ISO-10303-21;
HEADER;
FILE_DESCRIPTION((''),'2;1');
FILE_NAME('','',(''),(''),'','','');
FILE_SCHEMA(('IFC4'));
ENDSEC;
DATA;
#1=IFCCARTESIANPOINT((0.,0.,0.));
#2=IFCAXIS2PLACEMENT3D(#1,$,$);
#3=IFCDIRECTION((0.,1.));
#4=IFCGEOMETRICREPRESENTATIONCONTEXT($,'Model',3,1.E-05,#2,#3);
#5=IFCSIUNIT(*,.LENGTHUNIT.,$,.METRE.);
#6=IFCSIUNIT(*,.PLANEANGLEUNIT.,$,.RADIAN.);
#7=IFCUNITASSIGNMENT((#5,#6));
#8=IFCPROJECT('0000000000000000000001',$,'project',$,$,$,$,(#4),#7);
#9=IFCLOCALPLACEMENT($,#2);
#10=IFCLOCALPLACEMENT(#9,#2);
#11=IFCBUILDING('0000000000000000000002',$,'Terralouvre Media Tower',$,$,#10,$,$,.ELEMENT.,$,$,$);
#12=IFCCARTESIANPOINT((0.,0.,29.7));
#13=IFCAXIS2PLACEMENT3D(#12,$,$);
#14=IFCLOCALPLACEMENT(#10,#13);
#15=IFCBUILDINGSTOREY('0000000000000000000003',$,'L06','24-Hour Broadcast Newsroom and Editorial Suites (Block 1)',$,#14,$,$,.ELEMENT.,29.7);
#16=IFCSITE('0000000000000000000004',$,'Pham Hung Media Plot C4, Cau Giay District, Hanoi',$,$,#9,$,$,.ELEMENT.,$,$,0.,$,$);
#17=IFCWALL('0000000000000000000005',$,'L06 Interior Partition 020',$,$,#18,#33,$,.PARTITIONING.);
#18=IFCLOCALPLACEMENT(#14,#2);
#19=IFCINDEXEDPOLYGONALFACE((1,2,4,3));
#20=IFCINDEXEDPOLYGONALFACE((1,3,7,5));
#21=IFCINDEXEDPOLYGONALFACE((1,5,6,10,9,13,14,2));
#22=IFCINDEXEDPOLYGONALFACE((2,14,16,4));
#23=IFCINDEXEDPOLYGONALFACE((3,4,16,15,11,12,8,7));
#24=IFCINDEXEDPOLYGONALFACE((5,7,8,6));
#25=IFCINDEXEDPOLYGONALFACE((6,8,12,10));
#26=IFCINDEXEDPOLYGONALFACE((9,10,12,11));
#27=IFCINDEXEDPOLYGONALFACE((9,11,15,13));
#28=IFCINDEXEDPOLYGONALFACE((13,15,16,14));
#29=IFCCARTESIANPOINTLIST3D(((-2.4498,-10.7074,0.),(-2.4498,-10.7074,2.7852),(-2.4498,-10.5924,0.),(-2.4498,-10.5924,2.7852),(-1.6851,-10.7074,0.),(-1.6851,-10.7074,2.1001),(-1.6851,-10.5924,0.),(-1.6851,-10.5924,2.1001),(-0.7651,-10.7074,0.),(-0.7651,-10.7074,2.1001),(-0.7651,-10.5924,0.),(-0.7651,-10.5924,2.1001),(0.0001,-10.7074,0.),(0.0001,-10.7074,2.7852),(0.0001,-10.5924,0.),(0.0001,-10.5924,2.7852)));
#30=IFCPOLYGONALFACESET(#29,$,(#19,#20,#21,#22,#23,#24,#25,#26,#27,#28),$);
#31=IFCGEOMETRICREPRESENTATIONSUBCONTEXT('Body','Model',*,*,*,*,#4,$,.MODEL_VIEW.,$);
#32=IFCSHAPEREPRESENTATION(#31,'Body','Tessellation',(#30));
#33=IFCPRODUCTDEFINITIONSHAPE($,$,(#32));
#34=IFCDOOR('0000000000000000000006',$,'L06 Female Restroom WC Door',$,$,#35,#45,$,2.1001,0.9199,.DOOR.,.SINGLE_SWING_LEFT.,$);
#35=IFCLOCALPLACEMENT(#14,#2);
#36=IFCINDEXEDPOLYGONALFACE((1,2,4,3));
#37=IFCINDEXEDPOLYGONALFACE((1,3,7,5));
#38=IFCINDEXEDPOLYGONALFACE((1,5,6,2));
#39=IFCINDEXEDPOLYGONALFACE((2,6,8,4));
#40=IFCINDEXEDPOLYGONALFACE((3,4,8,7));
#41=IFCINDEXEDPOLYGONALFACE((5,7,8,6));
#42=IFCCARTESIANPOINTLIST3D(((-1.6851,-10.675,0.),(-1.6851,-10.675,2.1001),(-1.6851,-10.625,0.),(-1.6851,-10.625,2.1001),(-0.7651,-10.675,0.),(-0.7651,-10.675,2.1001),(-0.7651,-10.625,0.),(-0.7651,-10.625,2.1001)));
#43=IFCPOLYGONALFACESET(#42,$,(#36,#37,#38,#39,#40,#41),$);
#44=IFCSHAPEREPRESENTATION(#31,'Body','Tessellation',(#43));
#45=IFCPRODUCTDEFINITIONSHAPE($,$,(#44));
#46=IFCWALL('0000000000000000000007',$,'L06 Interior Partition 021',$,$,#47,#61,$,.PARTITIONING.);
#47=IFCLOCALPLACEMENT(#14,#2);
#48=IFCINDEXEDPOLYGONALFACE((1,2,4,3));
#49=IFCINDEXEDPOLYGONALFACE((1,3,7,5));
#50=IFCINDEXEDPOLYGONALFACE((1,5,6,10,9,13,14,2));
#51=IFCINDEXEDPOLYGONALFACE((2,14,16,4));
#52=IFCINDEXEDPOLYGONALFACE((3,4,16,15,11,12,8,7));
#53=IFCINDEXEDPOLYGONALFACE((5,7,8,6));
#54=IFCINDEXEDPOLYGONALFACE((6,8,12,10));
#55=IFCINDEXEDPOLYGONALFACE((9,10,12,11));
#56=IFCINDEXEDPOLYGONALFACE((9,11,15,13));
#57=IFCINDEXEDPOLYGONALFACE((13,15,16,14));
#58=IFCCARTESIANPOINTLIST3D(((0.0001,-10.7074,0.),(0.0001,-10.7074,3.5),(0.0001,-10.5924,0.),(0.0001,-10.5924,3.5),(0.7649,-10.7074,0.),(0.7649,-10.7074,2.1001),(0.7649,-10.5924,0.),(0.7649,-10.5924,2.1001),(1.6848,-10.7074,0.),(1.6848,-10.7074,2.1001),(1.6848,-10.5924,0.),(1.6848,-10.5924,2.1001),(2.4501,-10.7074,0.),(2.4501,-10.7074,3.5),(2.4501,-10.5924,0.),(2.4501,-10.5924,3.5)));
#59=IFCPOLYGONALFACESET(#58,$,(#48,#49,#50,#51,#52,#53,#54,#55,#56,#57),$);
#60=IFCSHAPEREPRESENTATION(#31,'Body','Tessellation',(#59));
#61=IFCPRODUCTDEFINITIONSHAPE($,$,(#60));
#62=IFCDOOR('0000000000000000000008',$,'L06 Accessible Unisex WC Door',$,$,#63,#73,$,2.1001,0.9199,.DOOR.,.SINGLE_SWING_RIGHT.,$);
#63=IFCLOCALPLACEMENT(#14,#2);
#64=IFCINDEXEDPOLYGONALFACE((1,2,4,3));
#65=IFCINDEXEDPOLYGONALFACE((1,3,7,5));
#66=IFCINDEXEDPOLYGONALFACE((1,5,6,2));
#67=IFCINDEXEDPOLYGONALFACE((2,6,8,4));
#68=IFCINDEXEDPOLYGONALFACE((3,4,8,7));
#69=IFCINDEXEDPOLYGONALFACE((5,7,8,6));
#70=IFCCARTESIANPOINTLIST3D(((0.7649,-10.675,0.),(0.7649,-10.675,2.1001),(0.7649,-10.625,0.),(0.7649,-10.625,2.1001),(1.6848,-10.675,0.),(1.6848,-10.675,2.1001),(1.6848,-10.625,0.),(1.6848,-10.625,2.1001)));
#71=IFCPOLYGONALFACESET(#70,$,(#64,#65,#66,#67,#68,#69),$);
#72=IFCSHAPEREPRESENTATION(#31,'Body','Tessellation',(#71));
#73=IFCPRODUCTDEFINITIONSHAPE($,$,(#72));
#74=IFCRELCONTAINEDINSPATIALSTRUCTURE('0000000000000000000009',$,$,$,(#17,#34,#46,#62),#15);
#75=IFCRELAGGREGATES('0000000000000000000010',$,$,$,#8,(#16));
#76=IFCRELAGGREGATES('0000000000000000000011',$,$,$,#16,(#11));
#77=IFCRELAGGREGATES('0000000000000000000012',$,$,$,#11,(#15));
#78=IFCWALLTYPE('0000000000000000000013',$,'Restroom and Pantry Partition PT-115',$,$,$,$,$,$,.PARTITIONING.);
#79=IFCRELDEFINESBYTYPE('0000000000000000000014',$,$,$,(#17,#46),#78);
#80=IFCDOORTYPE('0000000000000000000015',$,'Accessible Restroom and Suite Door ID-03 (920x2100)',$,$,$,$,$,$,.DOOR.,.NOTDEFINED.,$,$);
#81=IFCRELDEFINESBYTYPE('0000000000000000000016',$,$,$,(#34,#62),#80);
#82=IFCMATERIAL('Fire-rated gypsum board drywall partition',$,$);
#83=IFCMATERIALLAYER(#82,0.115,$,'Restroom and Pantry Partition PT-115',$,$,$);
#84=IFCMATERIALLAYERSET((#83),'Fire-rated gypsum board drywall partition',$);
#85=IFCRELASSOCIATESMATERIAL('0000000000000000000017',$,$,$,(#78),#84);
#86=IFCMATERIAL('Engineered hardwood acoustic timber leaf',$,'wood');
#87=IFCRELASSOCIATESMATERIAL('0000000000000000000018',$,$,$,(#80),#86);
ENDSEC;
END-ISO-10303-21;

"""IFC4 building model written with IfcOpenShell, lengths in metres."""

from ifc_helpers import new_model, si_unit, direction, frame, frame_2d, origin, place, context, subcontext, project, spatial, rectangle, extrude, material, layer, layer_set, type_object, element, fill, save


model = new_model("IFC4")

# Units and contexts
model_context = context("Model", 3, precision=1e-05, world=origin(), true_north=direction((0.0, 1.0)))
body_context = subcontext(model_context, "Body", "Model", "MODEL_VIEW")
ifc_project = project(units=[si_unit("LENGTHUNIT", "METRE"), si_unit("PLANEANGLEUNIT", "RADIAN")], contexts=[model_context])

# Site, building, storey
site_placement = place(None, origin())
site = spatial("IfcSite", under=ifc_project, at=site_placement, Name="Pham Hung Media Plot C4, Cau Giay District, Hanoi", CompositionType="ELEMENT", RefElevation=0.0)
building_placement = place(site_placement, origin())
building = spatial("IfcBuilding", under=site, at=building_placement, Name="Terralouvre Media Tower", CompositionType="ELEMENT")
storey_placement = place(building_placement, frame((0.0, 0.0, 29.7)))
storey = spatial("IfcBuildingStorey", under=building, at=storey_placement, Name="L06", Description="24-Hour Broadcast Newsroom and Editorial Suites (Block 1)", CompositionType="ELEMENT", Elevation=29.7)

# Walls, openings, doors
ifc_material_1 = material(Name="Fire-rated gypsum board drywall partition")
ifc_layer_1 = layer(ifc_material_1, 0.115, Name="Restroom and Pantry Partition PT-115")
ifc_layer_set_1 = layer_set([ifc_layer_1], Name="Fire-rated gypsum board drywall partition")
wall_type_1 = type_object("IfcWallType", Name="Restroom and Pantry Partition PT-115", PredefinedType="PARTITIONING", material=ifc_layer_set_1)
wall_1_placement = place(storey_placement, frame((-2.45, -10.6499, 0.0), z_axis=(0.0, 0.0, 1.0), x_axis=(1.0, 0.0, 0.0)))
wall_1 = element("IfcWall", 1, at=wall_1_placement, inside=storey, type_object=wall_type_1, Name="L06 Interior Partition 020", PredefinedType="PARTITIONING", context=body_context, shape_type="SweptSolid", body=[
    extrude(rectangle(XDim=2.45, YDim=0.115, at=frame_2d((1.2251, 0.0))), origin(), (0.0, 0.0, 1.0), 2.7852),
])
opening_1_placement = place(wall_1_placement, frame((0.7649, 0.0, 0.0)))
opening_1 = element("IfcOpeningElement", 2, at=opening_1_placement, cuts=wall_1, PredefinedType="OPENING", context=body_context, shape_type="SweptSolid", body=[
    extrude(rectangle(XDim=0.9199, YDim=2.1001, at=frame_2d((0.46, 1.05))), frame((0.0, 0.0674, 0.0), z_axis=(0.0, -1.0, 0.0), x_axis=(1.0, 0.0, 0.0)), (0.0, 0.0, 1.0), 0.135),
])
ifc_material_2 = material(Name="Engineered hardwood acoustic timber leaf", Category="wood")
door_type_1 = type_object("IfcDoorType", Name="Accessible Restroom and Suite Door ID-03 (920x2100)", OperationType="NOTDEFINED", PredefinedType="DOOR", material=ifc_material_2)
door_1_placement = place(opening_1_placement, origin())
door_1 = element("IfcDoor", 3, at=door_1_placement, inside=storey, type_object=door_type_1, Name="L06 Female Restroom WC Door", OperationType="SINGLE_SWING_LEFT", OverallHeight=2.1001, OverallWidth=0.9199, PredefinedType="DOOR", context=body_context, shape_type="SweptSolid", body=[
    extrude(rectangle(XDim=0.9199, YDim=2.1001, at=frame_2d((0.46, 1.05))), frame((0.0, 0.0249, 0.0), z_axis=(0.0, -1.0, 0.0), x_axis=(1.0, 0.0, 0.0)), (0.0, 0.0, 1.0), 0.05),
])
fill(opening_1, door_1)
wall_2_placement = place(storey_placement, frame((0.0, -10.6499, 0.0), z_axis=(0.0, 0.0, 1.0), x_axis=(1.0, 0.0, 0.0)))
wall_2 = element("IfcWall", 4, at=wall_2_placement, inside=storey, type_object=wall_type_1, Name="L06 Interior Partition 021", PredefinedType="PARTITIONING", context=body_context, shape_type="SweptSolid", body=[
    extrude(rectangle(XDim=2.45, YDim=0.115, at=frame_2d((1.2251, 0.0))), origin(), (0.0, 0.0, 1.0), 3.5),
])
opening_2_placement = place(wall_2_placement, frame((0.7649, 0.0, 0.0)))
opening_2 = element("IfcOpeningElement", 5, at=opening_2_placement, cuts=wall_2, PredefinedType="OPENING", context=body_context, shape_type="SweptSolid", body=[
    extrude(rectangle(XDim=0.9199, YDim=2.1001, at=frame_2d((0.46, 1.05))), frame((0.0, 0.0674, 0.0), z_axis=(0.0, -1.0, 0.0), x_axis=(1.0, 0.0, 0.0)), (0.0, 0.0, 1.0), 0.135),
])
door_2_placement = place(opening_2_placement, origin())
door_2 = element("IfcDoor", 6, at=door_2_placement, inside=storey, type_object=door_type_1, Name="L06 Accessible Unisex WC Door", OperationType="SINGLE_SWING_RIGHT", OverallHeight=2.1001, OverallWidth=0.9199, PredefinedType="DOOR", context=body_context, shape_type="SweptSolid", body=[
    extrude(rectangle(XDim=0.9199, YDim=2.1001, at=frame_2d((0.46, 1.05))), frame((0.0, 0.0249, 0.0), z_axis=(0.0, -1.0, 0.0), x_axis=(1.0, 0.0, 0.0)), (0.0, 0.0, 1.0), 0.05),
])
fill(opening_2, door_2)

save(model, "model.ifc")
